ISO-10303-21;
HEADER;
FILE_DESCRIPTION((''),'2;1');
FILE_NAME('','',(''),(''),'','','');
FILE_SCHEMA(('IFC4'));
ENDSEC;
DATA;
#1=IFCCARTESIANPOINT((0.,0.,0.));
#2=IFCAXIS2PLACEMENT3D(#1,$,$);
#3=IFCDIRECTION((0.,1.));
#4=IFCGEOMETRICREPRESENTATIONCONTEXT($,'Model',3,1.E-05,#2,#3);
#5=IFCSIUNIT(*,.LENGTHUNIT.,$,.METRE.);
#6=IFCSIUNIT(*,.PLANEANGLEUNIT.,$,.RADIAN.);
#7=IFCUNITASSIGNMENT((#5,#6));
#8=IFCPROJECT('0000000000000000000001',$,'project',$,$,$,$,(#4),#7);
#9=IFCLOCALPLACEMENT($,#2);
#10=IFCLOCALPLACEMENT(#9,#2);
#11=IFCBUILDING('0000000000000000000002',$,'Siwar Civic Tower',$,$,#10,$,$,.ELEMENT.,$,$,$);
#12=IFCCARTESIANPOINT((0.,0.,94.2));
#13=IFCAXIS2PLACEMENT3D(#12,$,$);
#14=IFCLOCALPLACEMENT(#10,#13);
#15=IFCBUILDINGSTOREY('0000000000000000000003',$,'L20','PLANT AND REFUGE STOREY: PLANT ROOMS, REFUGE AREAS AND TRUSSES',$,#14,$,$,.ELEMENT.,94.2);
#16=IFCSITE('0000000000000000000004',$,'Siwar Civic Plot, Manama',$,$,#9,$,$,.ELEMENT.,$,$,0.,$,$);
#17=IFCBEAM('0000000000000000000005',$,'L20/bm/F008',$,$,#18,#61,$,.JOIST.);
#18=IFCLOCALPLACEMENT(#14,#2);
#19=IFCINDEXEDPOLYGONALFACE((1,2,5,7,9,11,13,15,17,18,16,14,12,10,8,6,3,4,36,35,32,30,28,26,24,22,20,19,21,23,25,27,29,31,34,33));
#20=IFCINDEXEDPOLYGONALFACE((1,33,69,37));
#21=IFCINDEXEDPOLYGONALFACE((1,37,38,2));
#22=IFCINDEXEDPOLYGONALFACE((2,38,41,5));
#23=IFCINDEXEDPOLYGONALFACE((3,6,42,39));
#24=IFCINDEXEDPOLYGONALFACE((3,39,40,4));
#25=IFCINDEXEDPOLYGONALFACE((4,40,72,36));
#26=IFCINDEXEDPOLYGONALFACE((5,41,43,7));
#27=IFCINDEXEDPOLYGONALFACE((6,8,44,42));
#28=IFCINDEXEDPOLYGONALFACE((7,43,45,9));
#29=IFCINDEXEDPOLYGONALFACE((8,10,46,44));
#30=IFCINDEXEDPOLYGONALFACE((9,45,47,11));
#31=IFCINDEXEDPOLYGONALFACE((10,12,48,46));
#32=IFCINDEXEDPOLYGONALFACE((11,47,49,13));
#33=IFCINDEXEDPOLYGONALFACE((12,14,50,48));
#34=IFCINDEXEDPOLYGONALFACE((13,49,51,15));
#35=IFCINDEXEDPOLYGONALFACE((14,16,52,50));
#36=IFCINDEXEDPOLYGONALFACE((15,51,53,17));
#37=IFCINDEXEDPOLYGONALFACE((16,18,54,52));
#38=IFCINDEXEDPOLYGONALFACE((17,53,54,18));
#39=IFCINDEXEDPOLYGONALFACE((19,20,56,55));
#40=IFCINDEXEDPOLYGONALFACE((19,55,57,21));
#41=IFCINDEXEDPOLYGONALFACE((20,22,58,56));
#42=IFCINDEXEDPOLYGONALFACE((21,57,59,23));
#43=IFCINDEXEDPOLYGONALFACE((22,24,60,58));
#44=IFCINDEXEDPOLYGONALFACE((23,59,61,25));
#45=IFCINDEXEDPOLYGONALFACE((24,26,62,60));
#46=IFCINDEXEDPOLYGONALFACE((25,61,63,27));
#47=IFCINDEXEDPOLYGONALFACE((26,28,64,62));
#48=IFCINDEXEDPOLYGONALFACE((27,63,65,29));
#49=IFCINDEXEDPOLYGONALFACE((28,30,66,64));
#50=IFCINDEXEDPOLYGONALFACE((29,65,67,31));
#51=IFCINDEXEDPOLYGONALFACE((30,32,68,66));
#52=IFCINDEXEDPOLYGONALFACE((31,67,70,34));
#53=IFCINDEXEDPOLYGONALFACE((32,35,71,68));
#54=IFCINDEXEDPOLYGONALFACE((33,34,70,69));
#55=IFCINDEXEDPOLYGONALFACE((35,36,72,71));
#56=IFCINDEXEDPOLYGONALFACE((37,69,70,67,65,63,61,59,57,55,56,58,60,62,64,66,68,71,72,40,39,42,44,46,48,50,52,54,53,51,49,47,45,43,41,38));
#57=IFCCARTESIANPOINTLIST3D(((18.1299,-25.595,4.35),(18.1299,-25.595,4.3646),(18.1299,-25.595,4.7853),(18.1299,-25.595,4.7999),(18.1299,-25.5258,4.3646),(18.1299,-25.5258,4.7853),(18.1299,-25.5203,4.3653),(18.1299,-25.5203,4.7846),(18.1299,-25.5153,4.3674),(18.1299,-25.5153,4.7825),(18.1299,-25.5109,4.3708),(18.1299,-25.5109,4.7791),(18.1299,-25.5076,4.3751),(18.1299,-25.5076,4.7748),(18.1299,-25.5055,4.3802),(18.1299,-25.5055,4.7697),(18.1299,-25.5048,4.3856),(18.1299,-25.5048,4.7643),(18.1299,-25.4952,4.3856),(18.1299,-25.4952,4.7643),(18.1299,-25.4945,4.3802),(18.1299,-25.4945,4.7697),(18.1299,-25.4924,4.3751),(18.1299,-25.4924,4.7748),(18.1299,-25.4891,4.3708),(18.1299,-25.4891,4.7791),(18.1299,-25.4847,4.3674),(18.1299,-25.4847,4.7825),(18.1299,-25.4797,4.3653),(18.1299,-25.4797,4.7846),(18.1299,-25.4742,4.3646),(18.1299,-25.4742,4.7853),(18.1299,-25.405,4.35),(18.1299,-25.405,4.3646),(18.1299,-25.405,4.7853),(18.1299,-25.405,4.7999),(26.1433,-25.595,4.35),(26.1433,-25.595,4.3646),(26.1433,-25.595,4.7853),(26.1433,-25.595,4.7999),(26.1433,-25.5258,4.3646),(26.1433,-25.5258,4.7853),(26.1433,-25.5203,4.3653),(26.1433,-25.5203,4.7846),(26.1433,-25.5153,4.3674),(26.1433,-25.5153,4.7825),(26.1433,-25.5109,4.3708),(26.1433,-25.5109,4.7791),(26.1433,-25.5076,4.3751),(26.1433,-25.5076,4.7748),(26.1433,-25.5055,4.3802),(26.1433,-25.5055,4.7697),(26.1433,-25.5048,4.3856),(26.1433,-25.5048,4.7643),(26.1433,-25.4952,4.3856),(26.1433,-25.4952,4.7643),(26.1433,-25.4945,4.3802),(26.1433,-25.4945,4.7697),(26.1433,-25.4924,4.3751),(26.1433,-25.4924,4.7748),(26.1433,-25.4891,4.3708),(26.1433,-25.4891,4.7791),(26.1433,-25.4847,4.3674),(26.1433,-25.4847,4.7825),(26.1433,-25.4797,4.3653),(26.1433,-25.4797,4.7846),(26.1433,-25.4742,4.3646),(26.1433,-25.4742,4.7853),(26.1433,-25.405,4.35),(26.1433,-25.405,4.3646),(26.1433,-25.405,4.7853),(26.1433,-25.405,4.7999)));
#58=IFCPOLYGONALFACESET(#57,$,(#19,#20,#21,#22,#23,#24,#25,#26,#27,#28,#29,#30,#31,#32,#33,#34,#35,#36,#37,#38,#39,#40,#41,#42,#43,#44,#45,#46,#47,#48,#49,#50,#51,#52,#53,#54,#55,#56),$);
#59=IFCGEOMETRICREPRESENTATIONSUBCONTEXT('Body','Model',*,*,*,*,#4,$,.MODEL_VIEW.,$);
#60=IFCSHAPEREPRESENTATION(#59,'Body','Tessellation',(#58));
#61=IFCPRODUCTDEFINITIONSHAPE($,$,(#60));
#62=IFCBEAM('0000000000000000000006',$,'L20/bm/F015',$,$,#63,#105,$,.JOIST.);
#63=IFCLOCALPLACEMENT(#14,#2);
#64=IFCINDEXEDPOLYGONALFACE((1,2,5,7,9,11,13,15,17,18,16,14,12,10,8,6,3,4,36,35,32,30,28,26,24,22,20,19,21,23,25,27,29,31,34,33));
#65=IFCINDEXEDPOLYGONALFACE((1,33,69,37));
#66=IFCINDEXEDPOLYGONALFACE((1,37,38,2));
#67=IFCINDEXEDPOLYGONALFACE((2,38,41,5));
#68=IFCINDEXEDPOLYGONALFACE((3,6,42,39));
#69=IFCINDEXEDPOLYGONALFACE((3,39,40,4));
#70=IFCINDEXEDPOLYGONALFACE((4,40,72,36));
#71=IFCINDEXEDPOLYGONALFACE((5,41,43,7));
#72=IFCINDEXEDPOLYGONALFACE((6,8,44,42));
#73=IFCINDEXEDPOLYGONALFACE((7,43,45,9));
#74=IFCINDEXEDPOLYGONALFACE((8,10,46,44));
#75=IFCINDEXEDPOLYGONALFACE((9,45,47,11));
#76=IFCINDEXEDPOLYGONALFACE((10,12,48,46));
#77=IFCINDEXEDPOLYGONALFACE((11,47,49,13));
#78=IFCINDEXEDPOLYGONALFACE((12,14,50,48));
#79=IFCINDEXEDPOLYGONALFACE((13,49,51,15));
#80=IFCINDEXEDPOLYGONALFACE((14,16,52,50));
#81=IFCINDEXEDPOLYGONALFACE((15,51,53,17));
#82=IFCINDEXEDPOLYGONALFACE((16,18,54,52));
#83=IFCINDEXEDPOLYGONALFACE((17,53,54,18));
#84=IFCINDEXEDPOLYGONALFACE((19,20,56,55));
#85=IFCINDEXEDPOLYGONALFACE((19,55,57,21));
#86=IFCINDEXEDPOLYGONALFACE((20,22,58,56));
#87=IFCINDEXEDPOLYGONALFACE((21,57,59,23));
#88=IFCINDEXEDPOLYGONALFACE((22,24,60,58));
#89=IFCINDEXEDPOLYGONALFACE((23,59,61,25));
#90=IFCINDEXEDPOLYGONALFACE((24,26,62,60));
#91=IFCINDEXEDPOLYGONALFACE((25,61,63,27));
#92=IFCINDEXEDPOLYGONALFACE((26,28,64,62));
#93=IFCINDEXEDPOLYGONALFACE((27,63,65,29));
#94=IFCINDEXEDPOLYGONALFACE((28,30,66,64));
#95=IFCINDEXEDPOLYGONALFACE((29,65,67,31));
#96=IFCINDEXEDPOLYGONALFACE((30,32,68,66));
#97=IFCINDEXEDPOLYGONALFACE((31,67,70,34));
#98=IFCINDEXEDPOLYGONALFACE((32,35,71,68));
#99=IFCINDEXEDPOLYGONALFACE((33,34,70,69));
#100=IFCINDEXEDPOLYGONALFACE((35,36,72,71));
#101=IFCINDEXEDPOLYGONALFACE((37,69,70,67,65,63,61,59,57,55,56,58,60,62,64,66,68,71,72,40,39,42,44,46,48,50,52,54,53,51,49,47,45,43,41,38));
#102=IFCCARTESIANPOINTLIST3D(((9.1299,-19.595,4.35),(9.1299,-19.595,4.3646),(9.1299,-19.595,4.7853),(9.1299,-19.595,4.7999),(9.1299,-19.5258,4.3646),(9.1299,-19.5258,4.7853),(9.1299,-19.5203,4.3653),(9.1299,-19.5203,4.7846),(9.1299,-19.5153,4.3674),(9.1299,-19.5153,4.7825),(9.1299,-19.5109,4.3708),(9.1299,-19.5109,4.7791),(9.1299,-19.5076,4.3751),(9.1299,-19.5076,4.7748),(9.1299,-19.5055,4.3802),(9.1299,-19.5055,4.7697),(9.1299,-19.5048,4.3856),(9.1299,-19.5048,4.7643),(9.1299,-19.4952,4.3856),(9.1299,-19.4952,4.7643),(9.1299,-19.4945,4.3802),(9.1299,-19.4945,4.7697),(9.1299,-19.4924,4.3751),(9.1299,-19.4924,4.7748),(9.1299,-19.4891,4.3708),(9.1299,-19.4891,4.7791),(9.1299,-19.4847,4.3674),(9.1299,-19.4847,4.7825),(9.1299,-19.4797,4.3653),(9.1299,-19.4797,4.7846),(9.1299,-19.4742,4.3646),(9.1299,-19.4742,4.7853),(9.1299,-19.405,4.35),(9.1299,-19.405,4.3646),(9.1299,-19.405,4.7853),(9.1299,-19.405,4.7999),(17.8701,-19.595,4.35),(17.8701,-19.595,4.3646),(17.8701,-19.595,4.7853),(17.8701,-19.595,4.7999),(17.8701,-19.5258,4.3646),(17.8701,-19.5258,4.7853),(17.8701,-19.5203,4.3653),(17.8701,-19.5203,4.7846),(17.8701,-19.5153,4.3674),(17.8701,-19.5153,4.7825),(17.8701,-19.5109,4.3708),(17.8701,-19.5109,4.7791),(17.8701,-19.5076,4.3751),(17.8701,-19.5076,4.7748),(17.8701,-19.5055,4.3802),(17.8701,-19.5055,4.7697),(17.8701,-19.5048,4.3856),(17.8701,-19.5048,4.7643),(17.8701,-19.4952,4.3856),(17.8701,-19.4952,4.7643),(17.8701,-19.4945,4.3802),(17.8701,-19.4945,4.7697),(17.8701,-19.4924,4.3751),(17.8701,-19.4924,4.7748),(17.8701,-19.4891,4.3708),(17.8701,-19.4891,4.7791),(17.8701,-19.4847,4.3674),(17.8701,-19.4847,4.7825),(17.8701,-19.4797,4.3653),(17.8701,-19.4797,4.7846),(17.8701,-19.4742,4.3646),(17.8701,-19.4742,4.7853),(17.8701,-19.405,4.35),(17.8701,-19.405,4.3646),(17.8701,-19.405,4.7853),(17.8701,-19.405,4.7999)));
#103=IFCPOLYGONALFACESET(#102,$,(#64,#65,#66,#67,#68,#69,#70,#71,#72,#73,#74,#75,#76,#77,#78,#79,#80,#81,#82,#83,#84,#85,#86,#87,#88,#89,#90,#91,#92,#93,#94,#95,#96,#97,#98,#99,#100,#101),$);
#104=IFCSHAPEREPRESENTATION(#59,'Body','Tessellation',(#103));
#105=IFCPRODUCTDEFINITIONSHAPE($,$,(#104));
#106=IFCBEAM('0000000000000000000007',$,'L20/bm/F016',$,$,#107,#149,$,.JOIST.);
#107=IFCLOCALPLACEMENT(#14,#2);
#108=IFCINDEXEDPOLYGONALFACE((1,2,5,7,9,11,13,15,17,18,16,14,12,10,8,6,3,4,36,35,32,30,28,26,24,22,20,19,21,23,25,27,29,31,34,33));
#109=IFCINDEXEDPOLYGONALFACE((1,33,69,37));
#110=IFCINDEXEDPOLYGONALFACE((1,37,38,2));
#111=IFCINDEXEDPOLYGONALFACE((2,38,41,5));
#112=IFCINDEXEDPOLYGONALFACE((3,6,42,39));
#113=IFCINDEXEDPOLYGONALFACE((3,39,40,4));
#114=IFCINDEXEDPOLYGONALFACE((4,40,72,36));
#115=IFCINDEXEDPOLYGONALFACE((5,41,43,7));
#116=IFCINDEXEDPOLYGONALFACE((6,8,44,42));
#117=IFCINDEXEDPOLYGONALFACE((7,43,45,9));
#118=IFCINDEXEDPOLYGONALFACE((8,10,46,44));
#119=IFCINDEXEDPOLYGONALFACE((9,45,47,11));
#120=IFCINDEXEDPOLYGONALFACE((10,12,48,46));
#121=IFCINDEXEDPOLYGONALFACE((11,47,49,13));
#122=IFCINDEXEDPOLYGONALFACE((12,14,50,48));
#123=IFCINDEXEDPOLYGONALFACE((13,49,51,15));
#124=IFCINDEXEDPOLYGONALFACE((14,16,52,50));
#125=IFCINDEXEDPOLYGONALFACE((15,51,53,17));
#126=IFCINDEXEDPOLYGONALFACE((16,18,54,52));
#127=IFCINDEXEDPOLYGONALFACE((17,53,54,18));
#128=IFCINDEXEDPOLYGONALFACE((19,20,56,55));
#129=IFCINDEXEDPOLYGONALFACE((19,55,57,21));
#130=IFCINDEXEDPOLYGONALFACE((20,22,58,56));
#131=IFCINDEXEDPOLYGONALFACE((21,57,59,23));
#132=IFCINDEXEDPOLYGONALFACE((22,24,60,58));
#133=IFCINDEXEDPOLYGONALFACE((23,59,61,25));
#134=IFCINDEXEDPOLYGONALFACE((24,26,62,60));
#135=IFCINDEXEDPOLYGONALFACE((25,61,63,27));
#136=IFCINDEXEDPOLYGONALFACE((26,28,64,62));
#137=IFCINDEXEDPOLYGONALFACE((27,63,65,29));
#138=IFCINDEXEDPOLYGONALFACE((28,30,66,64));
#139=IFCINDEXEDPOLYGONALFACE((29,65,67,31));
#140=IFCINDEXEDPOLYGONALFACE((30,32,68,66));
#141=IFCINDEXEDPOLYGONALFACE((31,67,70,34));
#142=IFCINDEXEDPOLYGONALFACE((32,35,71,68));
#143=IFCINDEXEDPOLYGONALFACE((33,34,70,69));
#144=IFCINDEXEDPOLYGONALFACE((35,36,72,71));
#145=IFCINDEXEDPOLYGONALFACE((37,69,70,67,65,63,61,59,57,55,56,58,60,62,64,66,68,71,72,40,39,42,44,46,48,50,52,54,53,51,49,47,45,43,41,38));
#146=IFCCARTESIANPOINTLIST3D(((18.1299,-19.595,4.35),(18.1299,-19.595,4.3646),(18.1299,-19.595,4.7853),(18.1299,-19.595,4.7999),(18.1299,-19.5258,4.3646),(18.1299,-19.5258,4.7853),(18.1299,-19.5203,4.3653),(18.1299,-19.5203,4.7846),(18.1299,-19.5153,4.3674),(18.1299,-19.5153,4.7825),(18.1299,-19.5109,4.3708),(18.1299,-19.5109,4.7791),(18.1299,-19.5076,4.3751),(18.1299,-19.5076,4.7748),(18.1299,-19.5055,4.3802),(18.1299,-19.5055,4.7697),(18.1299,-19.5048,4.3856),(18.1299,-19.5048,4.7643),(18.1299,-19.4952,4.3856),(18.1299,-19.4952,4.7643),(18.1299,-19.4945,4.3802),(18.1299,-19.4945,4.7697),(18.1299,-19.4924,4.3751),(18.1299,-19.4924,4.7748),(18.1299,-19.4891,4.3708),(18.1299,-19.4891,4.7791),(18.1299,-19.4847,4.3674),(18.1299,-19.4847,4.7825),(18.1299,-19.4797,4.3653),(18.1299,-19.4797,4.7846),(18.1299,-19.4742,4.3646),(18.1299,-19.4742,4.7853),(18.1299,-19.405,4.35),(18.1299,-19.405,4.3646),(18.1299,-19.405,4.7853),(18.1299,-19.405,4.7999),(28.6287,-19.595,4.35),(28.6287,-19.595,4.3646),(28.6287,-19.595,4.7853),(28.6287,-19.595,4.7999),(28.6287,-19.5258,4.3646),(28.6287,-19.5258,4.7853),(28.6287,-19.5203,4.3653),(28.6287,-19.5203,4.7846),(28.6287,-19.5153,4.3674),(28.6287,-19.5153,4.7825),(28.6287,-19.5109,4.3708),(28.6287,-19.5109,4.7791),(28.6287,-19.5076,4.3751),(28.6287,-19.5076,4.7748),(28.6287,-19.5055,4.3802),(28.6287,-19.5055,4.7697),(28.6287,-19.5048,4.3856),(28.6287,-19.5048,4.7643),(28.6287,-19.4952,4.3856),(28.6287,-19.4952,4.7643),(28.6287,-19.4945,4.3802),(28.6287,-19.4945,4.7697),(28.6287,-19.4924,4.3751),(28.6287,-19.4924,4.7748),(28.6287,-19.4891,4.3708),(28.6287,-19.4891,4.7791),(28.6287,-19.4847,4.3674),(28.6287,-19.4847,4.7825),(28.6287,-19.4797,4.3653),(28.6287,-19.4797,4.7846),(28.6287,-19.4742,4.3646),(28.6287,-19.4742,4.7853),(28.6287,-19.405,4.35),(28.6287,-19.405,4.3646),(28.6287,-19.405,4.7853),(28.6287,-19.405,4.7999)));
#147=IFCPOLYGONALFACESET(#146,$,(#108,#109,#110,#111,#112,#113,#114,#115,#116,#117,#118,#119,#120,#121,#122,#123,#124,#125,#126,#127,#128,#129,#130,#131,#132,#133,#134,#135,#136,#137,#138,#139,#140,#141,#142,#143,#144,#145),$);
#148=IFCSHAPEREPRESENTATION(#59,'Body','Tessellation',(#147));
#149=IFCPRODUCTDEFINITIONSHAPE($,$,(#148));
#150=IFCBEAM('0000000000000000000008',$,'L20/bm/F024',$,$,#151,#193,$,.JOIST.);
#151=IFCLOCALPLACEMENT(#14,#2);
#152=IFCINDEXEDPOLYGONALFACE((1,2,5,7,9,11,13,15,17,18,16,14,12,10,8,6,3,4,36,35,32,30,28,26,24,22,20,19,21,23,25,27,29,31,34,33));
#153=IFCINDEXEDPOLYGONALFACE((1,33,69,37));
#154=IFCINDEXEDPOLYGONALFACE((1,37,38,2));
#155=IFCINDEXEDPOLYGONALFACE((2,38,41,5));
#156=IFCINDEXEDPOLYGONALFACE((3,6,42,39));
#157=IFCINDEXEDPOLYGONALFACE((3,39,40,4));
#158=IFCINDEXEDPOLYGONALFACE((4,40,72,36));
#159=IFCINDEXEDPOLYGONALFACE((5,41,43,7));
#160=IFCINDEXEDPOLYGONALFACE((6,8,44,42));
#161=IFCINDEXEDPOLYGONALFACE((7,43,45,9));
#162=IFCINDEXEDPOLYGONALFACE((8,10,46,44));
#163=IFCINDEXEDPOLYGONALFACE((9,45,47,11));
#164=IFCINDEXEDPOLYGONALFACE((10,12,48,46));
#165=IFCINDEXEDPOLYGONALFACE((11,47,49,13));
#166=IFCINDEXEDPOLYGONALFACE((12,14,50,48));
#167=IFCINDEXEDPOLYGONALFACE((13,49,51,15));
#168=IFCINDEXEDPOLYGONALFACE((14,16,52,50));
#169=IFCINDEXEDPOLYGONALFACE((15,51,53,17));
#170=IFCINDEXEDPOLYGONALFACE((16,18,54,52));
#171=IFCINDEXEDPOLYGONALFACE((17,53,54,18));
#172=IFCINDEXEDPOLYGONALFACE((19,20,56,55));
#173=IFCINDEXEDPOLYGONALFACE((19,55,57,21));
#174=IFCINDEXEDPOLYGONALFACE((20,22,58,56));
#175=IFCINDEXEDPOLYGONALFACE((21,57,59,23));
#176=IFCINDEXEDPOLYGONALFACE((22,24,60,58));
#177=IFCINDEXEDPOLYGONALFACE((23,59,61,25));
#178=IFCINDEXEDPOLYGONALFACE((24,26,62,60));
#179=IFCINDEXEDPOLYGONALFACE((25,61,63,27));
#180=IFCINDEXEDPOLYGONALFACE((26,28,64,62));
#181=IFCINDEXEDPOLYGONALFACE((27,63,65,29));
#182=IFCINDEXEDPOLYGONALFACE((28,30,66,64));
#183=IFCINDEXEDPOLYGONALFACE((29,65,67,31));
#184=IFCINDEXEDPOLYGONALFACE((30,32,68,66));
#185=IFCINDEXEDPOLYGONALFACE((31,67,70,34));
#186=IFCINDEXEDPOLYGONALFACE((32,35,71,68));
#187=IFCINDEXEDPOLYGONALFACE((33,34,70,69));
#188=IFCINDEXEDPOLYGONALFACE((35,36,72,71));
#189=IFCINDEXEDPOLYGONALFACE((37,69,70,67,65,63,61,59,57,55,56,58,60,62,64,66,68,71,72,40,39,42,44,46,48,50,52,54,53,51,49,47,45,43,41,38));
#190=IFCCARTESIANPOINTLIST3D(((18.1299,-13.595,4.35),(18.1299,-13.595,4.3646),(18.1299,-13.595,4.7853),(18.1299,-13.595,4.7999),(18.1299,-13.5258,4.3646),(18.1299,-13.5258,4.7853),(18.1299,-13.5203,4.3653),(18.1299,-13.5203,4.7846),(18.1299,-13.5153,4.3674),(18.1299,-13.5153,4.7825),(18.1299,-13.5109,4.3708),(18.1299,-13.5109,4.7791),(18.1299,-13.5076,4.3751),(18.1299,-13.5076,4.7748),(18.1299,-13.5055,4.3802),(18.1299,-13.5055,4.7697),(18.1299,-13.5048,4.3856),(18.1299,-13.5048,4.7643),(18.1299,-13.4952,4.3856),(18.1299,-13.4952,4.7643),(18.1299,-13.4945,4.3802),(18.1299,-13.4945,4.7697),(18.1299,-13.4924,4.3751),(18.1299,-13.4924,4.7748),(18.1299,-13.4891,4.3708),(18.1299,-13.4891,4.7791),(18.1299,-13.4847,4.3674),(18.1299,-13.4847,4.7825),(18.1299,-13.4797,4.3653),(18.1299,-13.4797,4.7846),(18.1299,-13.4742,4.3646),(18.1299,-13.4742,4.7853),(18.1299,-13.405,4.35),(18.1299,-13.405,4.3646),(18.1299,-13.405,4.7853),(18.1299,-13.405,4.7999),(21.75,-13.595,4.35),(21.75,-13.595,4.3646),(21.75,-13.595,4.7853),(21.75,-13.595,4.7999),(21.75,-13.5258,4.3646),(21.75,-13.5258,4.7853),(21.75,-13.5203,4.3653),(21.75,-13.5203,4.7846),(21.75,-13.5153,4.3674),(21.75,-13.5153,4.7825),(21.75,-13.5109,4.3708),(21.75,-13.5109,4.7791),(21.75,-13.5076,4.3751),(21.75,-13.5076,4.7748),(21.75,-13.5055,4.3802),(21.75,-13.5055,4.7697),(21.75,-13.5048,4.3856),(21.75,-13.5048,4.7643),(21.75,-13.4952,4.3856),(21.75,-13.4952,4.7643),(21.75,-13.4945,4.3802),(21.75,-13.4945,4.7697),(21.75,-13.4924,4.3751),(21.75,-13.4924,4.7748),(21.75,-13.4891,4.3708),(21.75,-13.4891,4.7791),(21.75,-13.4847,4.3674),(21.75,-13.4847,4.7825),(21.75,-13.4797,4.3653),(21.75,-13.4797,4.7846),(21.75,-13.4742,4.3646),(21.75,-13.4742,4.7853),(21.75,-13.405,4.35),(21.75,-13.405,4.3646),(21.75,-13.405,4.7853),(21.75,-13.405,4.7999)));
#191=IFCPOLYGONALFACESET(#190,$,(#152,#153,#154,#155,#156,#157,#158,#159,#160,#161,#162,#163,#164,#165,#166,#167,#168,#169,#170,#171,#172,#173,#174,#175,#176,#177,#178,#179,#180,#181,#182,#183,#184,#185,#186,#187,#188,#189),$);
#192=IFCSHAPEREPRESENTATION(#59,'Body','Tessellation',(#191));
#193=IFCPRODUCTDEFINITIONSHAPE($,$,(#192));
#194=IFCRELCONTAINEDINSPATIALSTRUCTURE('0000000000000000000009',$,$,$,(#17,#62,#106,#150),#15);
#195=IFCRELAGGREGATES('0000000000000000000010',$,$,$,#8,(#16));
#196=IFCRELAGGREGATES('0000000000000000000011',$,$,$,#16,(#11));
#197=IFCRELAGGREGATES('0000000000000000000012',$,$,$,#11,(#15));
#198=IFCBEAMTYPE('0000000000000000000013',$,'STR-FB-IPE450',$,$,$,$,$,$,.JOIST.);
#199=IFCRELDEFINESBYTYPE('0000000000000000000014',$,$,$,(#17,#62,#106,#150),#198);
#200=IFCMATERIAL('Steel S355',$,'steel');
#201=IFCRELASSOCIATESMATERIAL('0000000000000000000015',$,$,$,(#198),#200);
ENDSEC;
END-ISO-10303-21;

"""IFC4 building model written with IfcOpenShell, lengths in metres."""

from ifc_helpers import new_model, si_unit, direction, frame, origin, origin_2d, place, context, subcontext, project, spatial, i_section, extrude, material, material_profile, profile_set, type_object, element, save


model = new_model("IFC4")

# Units and contexts
model_context = context("Model", 3, precision=1e-05, world=origin(), true_north=direction((0.0, 1.0)))
body_context = subcontext(model_context, "Body", "Model", "MODEL_VIEW")
ifc_project = project(units=[si_unit("LENGTHUNIT", "METRE"), si_unit("PLANEANGLEUNIT", "RADIAN")], contexts=[model_context])

# Site, building, storey
site_placement = place(None, origin())
site = spatial("IfcSite", under=ifc_project, at=site_placement, Name="Siwar Civic Plot, Manama", CompositionType="ELEMENT", RefElevation=0.0)
building_placement = place(site_placement, origin())
building = spatial("IfcBuilding", under=site, at=building_placement, Name="Siwar Civic Tower", CompositionType="ELEMENT")
storey_placement = place(building_placement, frame((0.0, 0.0, 94.2)))
storey = spatial("IfcBuildingStorey", under=building, at=storey_placement, Name="L20", Description="PLANT AND REFUGE STOREY: PLANT ROOMS, REFUGE AREAS AND TRUSSES", CompositionType="ELEMENT", Elevation=94.2)

# Beams
ifc_material_1 = material(Name="Steel S355", Category="steel")
ifc_material_profile_1 = material_profile(ifc_material_1, i_section(OverallWidth=0.1899, OverallDepth=0.45, WebThickness=0.0095, FlangeThickness=0.0146, FilletRadius=0.021, at=origin_2d()), Name="IPE450")
ifc_profile_set_1 = profile_set([ifc_material_profile_1], Name="Steel S355")
beam_type = type_object("IfcBeamType", Name="STR-FB-IPE450", PredefinedType="JOIST", material=ifc_profile_set_1)
beam_1_placement = place(storey_placement, frame((18.1299, -25.5, 4.575), z_axis=(1.0, 0.0, 0.0), x_axis=(0.0, 1.0, 0.0)))
element("IfcBeam", 1, at=beam_1_placement, inside=storey, type_object=beam_type, Name="L20/bm/F008", PredefinedType="JOIST", context=body_context, shape_type="SweptSolid", body=[
    extrude(i_section(OverallWidth=0.1899, OverallDepth=0.45, WebThickness=0.0095, FlangeThickness=0.0146, FilletRadius=0.021, at=origin_2d()), origin(), (0.0, 0.0, 1.0), 8.0134),
])
beam_2_placement = place(storey_placement, frame((9.1299, -19.5, 4.575), z_axis=(1.0, 0.0, 0.0), x_axis=(0.0, 1.0, 0.0)))
element("IfcBeam", 2, at=beam_2_placement, inside=storey, type_object=beam_type, Name="L20/bm/F015", PredefinedType="JOIST", context=body_context, shape_type="SweptSolid", body=[
    extrude(i_section(OverallWidth=0.1899, OverallDepth=0.45, WebThickness=0.0095, FlangeThickness=0.0146, FilletRadius=0.021, at=origin_2d()), origin(), (0.0, 0.0, 1.0), 8.7402),
])
beam_3_placement = place(storey_placement, frame((18.1299, -19.5, 4.575), z_axis=(1.0, 0.0, 0.0), x_axis=(0.0, 1.0, 0.0)))
element("IfcBeam", 3, at=beam_3_placement, inside=storey, type_object=beam_type, Name="L20/bm/F016", PredefinedType="JOIST", context=body_context, shape_type="SweptSolid", body=[
    extrude(i_section(OverallWidth=0.1899, OverallDepth=0.45, WebThickness=0.0095, FlangeThickness=0.0146, FilletRadius=0.021, at=origin_2d()), origin(), (0.0, 0.0, 1.0), 10.4988),
])
beam_4_placement = place(storey_placement, frame((18.1299, -13.5, 4.575), z_axis=(1.0, 0.0, 0.0), x_axis=(0.0, 1.0, 0.0)))
element("IfcBeam", 4, at=beam_4_placement, inside=storey, type_object=beam_type, Name="L20/bm/F024", PredefinedType="JOIST", context=body_context, shape_type="SweptSolid", body=[
    extrude(i_section(OverallWidth=0.1899, OverallDepth=0.45, WebThickness=0.0095, FlangeThickness=0.0146, FilletRadius=0.021, at=origin_2d()), origin(), (0.0, 0.0, 1.0), 3.6201),
])

save(model, "model.ifc")
